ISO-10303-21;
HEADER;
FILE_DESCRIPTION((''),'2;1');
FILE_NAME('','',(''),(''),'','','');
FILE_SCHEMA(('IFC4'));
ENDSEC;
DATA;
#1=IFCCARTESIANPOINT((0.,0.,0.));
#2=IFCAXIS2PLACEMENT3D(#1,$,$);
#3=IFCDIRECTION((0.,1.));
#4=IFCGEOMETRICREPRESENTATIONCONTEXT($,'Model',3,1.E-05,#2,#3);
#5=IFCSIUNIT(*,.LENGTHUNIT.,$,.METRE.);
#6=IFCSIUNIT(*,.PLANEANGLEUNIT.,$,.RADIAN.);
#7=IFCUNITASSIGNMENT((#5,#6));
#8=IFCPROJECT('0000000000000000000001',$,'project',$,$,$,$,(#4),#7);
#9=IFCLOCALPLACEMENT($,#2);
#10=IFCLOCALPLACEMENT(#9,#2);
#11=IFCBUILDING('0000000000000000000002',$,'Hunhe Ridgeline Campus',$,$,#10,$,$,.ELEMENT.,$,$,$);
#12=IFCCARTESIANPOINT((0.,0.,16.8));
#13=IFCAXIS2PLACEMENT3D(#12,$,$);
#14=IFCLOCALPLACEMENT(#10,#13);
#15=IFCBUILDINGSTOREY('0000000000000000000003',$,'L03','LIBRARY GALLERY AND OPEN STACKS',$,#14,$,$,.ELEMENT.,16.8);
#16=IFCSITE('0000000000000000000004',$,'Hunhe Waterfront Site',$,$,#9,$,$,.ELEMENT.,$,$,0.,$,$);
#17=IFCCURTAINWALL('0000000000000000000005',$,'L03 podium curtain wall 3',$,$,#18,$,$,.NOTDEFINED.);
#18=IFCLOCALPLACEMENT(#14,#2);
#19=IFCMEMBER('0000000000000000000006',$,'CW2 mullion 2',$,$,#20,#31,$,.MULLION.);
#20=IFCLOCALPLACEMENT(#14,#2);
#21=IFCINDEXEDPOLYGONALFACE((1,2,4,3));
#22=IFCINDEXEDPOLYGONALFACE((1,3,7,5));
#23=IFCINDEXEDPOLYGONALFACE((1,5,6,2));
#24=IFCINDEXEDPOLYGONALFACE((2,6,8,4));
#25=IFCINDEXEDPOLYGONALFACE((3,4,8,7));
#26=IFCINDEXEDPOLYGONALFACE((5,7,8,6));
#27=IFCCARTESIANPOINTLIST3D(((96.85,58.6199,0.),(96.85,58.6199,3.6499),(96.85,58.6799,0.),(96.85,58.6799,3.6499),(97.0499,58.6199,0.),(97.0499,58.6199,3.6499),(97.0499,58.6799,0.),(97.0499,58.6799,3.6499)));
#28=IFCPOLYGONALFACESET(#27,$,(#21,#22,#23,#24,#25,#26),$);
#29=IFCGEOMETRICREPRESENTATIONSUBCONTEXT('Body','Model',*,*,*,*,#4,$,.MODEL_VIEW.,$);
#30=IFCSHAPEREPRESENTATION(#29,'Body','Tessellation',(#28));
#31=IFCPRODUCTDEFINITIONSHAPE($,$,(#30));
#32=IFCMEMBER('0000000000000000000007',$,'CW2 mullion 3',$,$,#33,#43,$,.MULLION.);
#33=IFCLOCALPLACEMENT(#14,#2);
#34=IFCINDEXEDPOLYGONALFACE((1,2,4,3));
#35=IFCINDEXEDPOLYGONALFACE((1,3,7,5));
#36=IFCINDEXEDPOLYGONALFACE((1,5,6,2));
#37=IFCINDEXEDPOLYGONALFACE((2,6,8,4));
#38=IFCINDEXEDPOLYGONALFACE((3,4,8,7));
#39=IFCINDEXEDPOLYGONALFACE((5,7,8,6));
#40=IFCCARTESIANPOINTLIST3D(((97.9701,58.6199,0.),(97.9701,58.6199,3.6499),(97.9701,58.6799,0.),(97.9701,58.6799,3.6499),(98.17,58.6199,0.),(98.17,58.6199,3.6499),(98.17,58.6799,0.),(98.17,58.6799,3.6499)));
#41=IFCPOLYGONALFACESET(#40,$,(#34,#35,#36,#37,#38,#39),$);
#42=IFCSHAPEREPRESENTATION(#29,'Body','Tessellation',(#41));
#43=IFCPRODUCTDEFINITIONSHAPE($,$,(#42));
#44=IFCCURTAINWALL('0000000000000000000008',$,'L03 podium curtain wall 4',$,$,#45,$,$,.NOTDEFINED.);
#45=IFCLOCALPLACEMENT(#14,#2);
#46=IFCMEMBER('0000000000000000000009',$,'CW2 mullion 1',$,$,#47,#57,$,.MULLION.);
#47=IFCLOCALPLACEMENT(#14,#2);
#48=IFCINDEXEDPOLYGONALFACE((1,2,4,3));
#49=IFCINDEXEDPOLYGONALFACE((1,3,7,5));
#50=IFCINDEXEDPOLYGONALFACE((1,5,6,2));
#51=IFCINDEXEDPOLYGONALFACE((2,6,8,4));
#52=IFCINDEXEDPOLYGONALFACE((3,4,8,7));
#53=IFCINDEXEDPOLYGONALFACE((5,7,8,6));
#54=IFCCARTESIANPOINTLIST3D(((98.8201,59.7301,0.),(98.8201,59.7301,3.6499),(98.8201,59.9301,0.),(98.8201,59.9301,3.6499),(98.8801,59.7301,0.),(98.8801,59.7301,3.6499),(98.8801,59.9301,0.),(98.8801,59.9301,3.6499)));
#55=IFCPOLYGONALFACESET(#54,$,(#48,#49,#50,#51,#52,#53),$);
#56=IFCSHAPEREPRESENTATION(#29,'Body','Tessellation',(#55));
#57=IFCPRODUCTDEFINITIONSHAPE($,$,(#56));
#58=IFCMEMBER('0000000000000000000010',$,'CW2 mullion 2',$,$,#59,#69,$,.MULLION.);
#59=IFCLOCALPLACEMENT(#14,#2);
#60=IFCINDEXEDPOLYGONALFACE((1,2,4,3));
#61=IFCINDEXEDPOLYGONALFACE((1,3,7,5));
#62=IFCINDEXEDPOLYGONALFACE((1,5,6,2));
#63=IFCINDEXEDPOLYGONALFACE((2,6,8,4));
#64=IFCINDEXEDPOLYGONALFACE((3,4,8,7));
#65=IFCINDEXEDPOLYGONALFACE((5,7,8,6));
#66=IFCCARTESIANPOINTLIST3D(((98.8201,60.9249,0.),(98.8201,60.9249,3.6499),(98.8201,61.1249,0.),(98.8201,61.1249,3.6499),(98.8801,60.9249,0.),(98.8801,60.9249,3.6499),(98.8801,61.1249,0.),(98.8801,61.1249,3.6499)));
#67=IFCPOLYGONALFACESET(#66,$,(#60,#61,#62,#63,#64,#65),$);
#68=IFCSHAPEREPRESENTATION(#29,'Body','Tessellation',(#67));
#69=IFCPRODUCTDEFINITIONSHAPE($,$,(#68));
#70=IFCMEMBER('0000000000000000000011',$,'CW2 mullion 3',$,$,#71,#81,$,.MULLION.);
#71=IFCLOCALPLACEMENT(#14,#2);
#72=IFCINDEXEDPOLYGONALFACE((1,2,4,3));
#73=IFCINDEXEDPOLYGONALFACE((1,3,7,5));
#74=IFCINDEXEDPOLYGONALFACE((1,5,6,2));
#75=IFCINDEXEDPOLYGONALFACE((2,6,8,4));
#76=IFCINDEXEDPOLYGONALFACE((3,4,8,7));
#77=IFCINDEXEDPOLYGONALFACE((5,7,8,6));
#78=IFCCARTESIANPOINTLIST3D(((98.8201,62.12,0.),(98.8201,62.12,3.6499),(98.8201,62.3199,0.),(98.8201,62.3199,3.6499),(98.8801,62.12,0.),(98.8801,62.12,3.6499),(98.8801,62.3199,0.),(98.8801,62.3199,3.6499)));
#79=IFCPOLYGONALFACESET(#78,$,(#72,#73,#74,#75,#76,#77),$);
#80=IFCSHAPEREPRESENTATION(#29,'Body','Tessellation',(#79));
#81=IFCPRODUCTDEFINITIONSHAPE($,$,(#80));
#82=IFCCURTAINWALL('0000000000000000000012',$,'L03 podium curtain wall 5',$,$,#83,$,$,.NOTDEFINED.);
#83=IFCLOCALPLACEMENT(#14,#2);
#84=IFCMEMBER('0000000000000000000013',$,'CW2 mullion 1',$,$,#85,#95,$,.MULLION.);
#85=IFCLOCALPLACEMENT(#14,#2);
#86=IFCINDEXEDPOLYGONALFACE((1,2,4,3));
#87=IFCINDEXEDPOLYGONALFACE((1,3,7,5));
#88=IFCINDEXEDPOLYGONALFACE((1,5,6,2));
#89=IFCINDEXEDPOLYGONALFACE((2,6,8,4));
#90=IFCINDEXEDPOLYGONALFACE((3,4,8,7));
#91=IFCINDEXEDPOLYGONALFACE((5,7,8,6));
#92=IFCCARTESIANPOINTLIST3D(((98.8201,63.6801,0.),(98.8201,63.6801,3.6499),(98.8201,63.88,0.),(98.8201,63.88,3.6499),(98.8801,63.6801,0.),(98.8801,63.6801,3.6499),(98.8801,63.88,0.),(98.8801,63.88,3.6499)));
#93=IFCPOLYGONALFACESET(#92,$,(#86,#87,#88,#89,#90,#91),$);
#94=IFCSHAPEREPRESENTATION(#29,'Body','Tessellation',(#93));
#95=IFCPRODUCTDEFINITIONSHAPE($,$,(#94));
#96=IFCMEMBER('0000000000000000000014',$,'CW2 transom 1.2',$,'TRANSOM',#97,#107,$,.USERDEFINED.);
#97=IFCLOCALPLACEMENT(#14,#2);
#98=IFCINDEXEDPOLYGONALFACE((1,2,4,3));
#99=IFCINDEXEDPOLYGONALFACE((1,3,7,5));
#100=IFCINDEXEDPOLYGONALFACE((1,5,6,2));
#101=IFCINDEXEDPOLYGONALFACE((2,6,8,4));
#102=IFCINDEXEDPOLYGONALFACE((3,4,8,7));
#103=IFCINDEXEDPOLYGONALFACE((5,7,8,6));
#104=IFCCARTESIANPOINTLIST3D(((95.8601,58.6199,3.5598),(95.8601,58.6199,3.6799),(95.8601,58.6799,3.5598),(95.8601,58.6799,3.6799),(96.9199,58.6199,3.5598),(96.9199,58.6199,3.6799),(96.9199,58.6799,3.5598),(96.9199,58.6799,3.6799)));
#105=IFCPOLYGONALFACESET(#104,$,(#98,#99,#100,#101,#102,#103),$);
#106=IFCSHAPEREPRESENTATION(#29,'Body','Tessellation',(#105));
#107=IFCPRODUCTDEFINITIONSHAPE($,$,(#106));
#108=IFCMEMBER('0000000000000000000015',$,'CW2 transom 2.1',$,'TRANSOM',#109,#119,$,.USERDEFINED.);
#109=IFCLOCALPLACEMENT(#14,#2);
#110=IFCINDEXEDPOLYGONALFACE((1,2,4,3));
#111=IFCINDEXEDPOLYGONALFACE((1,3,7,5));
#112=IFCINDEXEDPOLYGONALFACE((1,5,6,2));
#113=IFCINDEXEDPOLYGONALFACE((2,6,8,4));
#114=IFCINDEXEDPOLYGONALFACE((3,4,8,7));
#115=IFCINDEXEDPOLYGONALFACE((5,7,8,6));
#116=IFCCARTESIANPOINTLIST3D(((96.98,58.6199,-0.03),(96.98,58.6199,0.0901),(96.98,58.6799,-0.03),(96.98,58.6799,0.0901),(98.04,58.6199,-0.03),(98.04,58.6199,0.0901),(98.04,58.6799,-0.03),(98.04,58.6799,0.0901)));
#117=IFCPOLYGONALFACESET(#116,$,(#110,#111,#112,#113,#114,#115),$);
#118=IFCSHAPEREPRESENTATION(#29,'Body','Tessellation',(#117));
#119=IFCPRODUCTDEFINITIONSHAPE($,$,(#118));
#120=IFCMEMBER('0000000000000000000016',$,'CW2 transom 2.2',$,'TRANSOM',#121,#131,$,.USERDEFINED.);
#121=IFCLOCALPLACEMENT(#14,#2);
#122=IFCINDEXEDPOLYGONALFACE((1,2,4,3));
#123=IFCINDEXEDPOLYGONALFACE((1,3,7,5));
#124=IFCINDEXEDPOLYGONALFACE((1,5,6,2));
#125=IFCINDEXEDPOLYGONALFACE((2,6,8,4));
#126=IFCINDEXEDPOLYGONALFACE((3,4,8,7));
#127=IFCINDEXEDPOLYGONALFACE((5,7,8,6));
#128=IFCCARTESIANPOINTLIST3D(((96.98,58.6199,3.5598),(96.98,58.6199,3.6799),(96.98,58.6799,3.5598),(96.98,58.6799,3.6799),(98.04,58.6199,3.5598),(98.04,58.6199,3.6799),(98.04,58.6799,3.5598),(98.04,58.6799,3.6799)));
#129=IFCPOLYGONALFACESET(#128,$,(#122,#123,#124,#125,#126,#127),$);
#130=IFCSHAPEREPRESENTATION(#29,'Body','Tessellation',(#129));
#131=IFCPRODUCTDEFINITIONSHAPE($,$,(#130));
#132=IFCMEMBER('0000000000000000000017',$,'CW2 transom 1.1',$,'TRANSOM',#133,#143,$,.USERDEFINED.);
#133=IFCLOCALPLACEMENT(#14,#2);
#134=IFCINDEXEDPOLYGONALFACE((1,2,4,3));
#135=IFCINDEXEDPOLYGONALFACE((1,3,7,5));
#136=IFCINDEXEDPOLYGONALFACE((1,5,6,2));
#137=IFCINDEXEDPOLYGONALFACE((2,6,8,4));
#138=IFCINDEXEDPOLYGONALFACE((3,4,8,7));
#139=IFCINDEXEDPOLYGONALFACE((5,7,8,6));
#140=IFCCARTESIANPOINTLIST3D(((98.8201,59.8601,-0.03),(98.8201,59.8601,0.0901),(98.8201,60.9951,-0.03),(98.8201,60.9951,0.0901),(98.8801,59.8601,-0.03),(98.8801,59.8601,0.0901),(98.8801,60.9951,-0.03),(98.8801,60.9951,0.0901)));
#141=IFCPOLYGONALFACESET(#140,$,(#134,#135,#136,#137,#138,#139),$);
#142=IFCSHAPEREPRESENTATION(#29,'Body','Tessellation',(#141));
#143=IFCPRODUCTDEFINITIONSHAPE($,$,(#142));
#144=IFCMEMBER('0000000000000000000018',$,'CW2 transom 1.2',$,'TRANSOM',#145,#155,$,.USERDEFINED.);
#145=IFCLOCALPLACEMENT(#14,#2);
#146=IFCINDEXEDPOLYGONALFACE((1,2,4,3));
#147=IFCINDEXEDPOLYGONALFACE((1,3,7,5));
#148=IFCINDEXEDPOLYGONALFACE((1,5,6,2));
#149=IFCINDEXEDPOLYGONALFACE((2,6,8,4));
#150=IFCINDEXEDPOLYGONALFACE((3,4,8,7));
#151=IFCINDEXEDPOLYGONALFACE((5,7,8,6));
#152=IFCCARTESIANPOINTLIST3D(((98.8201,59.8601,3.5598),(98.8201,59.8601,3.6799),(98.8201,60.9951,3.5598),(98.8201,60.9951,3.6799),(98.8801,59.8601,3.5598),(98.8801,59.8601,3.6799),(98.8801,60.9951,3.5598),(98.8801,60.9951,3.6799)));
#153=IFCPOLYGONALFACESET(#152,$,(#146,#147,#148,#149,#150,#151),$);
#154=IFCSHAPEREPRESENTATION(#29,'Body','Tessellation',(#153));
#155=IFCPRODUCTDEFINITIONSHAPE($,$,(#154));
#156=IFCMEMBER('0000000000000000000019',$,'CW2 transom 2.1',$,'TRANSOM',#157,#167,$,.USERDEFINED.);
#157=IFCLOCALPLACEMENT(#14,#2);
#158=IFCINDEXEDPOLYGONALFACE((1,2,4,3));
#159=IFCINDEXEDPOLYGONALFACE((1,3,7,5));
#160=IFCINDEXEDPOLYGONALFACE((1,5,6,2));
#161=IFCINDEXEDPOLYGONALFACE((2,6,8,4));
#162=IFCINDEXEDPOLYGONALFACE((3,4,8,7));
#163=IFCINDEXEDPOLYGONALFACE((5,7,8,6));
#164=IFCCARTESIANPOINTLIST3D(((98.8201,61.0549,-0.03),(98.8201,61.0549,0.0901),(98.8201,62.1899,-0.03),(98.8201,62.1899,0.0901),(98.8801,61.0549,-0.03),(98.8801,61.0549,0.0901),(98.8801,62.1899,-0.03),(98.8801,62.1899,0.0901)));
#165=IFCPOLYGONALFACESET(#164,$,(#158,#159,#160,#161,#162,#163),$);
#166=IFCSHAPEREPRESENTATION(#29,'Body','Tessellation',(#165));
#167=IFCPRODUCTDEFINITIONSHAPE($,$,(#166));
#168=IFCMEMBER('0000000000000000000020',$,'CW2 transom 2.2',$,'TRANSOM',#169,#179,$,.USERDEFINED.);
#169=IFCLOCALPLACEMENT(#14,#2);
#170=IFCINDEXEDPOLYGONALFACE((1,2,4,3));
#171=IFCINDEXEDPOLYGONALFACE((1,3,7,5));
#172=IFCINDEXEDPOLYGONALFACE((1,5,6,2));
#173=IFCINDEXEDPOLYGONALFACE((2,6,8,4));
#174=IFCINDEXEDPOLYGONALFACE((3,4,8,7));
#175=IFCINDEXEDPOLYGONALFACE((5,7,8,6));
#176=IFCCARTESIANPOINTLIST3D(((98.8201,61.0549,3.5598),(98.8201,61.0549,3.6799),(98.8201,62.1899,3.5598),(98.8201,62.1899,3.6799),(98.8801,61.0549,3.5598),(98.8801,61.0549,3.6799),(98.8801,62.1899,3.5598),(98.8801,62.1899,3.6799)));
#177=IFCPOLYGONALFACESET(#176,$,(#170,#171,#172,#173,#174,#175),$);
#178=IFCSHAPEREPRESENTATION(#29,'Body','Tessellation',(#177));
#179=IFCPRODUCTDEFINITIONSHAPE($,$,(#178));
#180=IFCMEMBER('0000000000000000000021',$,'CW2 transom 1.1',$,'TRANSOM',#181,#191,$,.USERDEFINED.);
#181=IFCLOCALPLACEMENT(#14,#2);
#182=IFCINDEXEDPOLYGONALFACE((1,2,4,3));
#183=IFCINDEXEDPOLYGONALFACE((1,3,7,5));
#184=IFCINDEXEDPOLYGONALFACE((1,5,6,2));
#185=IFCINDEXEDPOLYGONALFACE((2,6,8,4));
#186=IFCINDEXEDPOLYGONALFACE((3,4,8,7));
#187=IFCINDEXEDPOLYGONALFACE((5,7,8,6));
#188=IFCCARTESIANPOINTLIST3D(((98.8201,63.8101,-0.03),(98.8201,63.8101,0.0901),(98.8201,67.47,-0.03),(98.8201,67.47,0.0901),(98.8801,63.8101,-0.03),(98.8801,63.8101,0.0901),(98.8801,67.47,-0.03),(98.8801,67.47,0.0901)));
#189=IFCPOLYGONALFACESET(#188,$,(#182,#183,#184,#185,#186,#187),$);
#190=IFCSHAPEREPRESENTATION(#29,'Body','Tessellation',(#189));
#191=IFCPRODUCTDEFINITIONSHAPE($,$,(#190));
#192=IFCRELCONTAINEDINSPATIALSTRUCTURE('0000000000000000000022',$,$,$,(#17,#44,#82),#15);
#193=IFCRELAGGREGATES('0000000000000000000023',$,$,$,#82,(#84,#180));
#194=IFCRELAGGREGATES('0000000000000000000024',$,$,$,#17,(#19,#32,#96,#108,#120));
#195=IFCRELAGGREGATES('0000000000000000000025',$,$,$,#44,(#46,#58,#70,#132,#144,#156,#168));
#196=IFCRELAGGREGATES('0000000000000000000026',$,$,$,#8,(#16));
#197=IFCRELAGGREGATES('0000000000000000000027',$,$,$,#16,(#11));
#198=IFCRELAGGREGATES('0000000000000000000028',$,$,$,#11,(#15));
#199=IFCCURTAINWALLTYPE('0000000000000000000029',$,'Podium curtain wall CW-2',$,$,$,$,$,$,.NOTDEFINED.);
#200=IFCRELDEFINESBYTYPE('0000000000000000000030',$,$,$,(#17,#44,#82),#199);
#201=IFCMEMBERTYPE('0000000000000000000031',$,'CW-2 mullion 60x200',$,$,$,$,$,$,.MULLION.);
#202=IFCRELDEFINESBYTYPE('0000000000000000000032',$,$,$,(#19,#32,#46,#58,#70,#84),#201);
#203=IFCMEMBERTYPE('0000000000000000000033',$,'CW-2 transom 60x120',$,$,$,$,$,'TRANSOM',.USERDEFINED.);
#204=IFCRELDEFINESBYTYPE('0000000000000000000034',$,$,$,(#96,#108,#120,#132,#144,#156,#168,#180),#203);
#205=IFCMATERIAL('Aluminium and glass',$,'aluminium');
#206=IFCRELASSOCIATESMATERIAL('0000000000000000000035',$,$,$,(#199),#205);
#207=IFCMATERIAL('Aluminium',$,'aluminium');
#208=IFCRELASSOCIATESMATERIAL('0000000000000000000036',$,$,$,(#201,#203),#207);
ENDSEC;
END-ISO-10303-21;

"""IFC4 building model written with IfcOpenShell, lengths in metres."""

from ifc_helpers import new_model, si_unit, direction, frame, origin, origin_2d, place, context, subcontext, project, spatial, rectangle, extrude, material, material_profile, profile_set, type_object, element, aggregate, save


model = new_model("IFC4")

# Units and contexts
model_context = context("Model", 3, precision=1e-05, world=origin(), true_north=direction((0.0, 1.0)))
body_context = subcontext(model_context, "Body", "Model", "MODEL_VIEW")
ifc_project = project(units=[si_unit("LENGTHUNIT", "METRE"), si_unit("PLANEANGLEUNIT", "RADIAN")], contexts=[model_context])

# Site, building, storey
site_placement = place(None, origin())
site = spatial("IfcSite", under=ifc_project, at=site_placement, Name="Hunhe Waterfront Site", CompositionType="ELEMENT", RefElevation=0.0)
building_placement = place(site_placement, origin())
building = spatial("IfcBuilding", under=site, at=building_placement, Name="Hunhe Ridgeline Campus", CompositionType="ELEMENT")
storey_placement = place(building_placement, frame((0.0, 0.0, 16.8)))
storey = spatial("IfcBuildingStorey", under=building, at=storey_placement, Name="L03", Description="LIBRARY GALLERY AND OPEN STACKS", CompositionType="ELEMENT", Elevation=16.8)

# Curtain walls, members
ifc_material_1 = material(Name="Aluminium and glass", Category="aluminium")
curtain_wall_type = type_object("IfcCurtainWallType", Name="Podium curtain wall CW-2", PredefinedType="NOTDEFINED", material=ifc_material_1)
curtain_wall_1_placement = place(storey_placement, origin())
curtain_wall_1 = element("IfcCurtainWall", 1, at=curtain_wall_1_placement, inside=storey, type_object=curtain_wall_type, Name="L03 podium curtain wall 3", PredefinedType="NOTDEFINED")
ifc_material_2 = material(Name="Aluminium", Category="aluminium")
ifc_material_profile_1 = material_profile(ifc_material_2, rectangle(XDim=0.0601, YDim=0.2, at=origin_2d()))
ifc_profile_set_1 = profile_set([ifc_material_profile_1], Name="Aluminium")
member_type_1 = type_object("IfcMemberType", Name="CW-2 mullion 60x200", PredefinedType="MULLION", material=ifc_profile_set_1)
member_1_placement = place(storey_placement, frame((96.95, 58.6499, 0.0), z_axis=(0.0, 0.0, 1.0), x_axis=(0.0, 1.0, 0.0)))
member_1 = element("IfcMember", 2, at=member_1_placement, type_object=member_type_1, Name="CW2 mullion 2", PredefinedType="MULLION", context=body_context, shape_type="SweptSolid", body=[
    extrude(rectangle(XDim=0.0601, YDim=0.2, at=origin_2d()), origin(), (0.0, 0.0, 1.0), 3.6499),
])
member_2_placement = place(storey_placement, frame((98.0701, 58.6499, 0.0), z_axis=(0.0, 0.0, 1.0), x_axis=(0.0, 1.0, 0.0)))
member_2 = element("IfcMember", 3, at=member_2_placement, type_object=member_type_1, Name="CW2 mullion 3", PredefinedType="MULLION", context=body_context, shape_type="SweptSolid", body=[
    extrude(rectangle(XDim=0.0601, YDim=0.2, at=origin_2d()), origin(), (0.0, 0.0, 1.0), 3.6499),
])
curtain_wall_2_placement = place(storey_placement, origin())
curtain_wall_2 = element("IfcCurtainWall", 4, at=curtain_wall_2_placement, inside=storey, type_object=curtain_wall_type, Name="L03 podium curtain wall 4", PredefinedType="NOTDEFINED")
member_3_placement = place(storey_placement, frame((98.8501, 59.8301, 0.0), z_axis=(0.0, 0.0, 1.0), x_axis=(-1.0, 0.0, 0.0)))
member_3 = element("IfcMember", 5, at=member_3_placement, type_object=member_type_1, Name="CW2 mullion 1", PredefinedType="MULLION", context=body_context, shape_type="SweptSolid", body=[
    extrude(rectangle(XDim=0.0601, YDim=0.2, at=origin_2d()), origin(), (0.0, 0.0, 1.0), 3.6499),
])
member_4_placement = place(storey_placement, frame((98.8501, 61.0249, 0.0), z_axis=(0.0, 0.0, 1.0), x_axis=(-1.0, 0.0, 0.0)))
member_4 = element("IfcMember", 6, at=member_4_placement, type_object=member_type_1, Name="CW2 mullion 2", PredefinedType="MULLION", context=body_context, shape_type="SweptSolid", body=[
    extrude(rectangle(XDim=0.0601, YDim=0.2, at=origin_2d()), origin(), (0.0, 0.0, 1.0), 3.6499),
])
member_5_placement = place(storey_placement, frame((98.8501, 62.22, 0.0), z_axis=(0.0, 0.0, 1.0), x_axis=(-1.0, 0.0, 0.0)))
member_5 = element("IfcMember", 7, at=member_5_placement, type_object=member_type_1, Name="CW2 mullion 3", PredefinedType="MULLION", context=body_context, shape_type="SweptSolid", body=[
    extrude(rectangle(XDim=0.0601, YDim=0.2, at=origin_2d()), origin(), (0.0, 0.0, 1.0), 3.6499),
])

# Curtain wall, member
curtain_wall_3_placement = place(storey_placement, origin())
curtain_wall_3 = element("IfcCurtainWall", 8, at=curtain_wall_3_placement, inside=storey, type_object=curtain_wall_type, Name="L03 podium curtain wall 5", PredefinedType="NOTDEFINED")
member_6_placement = place(storey_placement, frame((98.8501, 63.78, 0.0), z_axis=(0.0, 0.0, 1.0), x_axis=(-1.0, 0.0, 0.0)))
member_6 = element("IfcMember", 9, at=member_6_placement, type_object=member_type_1, Name="CW2 mullion 1", PredefinedType="MULLION", context=body_context, shape_type="SweptSolid", body=[
    extrude(rectangle(XDim=0.0601, YDim=0.2, at=origin_2d()), origin(), (0.0, 0.0, 1.0), 3.6499),
])

# Members
ifc_material_profile_2 = material_profile(ifc_material_2, rectangle(XDim=0.0601, YDim=0.1201, at=origin_2d()))
ifc_profile_set_2 = profile_set([ifc_material_profile_2], Name="Aluminium")
member_type_2 = type_object("IfcMemberType", Name="CW-2 transom 60x120", ElementType="TRANSOM", PredefinedType="USERDEFINED", material=ifc_profile_set_2)
member_7_placement = place(storey_placement, frame((95.8601, 58.6499, 3.6199), z_axis=(1.0, 0.0, 0.0), x_axis=(0.0, 1.0, 0.0)))
member_7 = element("IfcMember", 10, at=member_7_placement, type_object=member_type_2, Name="CW2 transom 1.2", ObjectType="TRANSOM", PredefinedType="USERDEFINED", context=body_context, shape_type="SweptSolid", body=[
    extrude(rectangle(XDim=0.0601, YDim=0.1201, at=origin_2d()), origin(), (0.0, 0.0, 1.0), 1.0598),
])
member_8_placement = place(storey_placement, frame((96.98, 58.6499, 0.03), z_axis=(1.0, 0.0, 0.0), x_axis=(0.0, 1.0, 0.0)))
member_8 = element("IfcMember", 11, at=member_8_placement, type_object=member_type_2, Name="CW2 transom 2.1", ObjectType="TRANSOM", PredefinedType="USERDEFINED", context=body_context, shape_type="SweptSolid", body=[
    extrude(rectangle(XDim=0.0601, YDim=0.1201, at=origin_2d()), origin(), (0.0, 0.0, 1.0), 1.0601),
])
member_9_placement = place(storey_placement, frame((96.98, 58.6499, 3.6199), z_axis=(1.0, 0.0, 0.0), x_axis=(0.0, 1.0, 0.0)))
member_9 = element("IfcMember", 12, at=member_9_placement, type_object=member_type_2, Name="CW2 transom 2.2", ObjectType="TRANSOM", PredefinedType="USERDEFINED", context=body_context, shape_type="SweptSolid", body=[
    extrude(rectangle(XDim=0.0601, YDim=0.1201, at=origin_2d()), origin(), (0.0, 0.0, 1.0), 1.0601),
])
member_10_placement = place(storey_placement, frame((98.8501, 59.8601, 0.03), z_axis=(0.0, 1.0, 0.0), x_axis=(-1.0, 0.0, 0.0)))
member_10 = element("IfcMember", 13, at=member_10_placement, type_object=member_type_2, Name="CW2 transom 1.1", ObjectType="TRANSOM", PredefinedType="USERDEFINED", context=body_context, shape_type="SweptSolid", body=[
    extrude(rectangle(XDim=0.0601, YDim=0.1201, at=origin_2d()), origin(), (0.0, 0.0, 1.0), 1.135),
])
member_11_placement = place(storey_placement, frame((98.8501, 59.8601, 3.6199), z_axis=(0.0, 1.0, 0.0), x_axis=(-1.0, 0.0, 0.0)))
member_11 = element("IfcMember", 14, at=member_11_placement, type_object=member_type_2, Name="CW2 transom 1.2", ObjectType="TRANSOM", PredefinedType="USERDEFINED", context=body_context, shape_type="SweptSolid", body=[
    extrude(rectangle(XDim=0.0601, YDim=0.1201, at=origin_2d()), origin(), (0.0, 0.0, 1.0), 1.135),
])
member_12_placement = place(storey_placement, frame((98.8501, 61.0549, 0.03), z_axis=(0.0, 1.0, 0.0), x_axis=(-1.0, 0.0, 0.0)))
member_12 = element("IfcMember", 15, at=member_12_placement, type_object=member_type_2, Name="CW2 transom 2.1", ObjectType="TRANSOM", PredefinedType="USERDEFINED", context=body_context, shape_type="SweptSolid", body=[
    extrude(rectangle(XDim=0.0601, YDim=0.1201, at=origin_2d()), origin(), (0.0, 0.0, 1.0), 1.135),
])
member_13_placement = place(storey_placement, frame((98.8501, 61.0549, 3.6199), z_axis=(0.0, 1.0, 0.0), x_axis=(-1.0, 0.0, 0.0)))
member_13 = element("IfcMember", 16, at=member_13_placement, type_object=member_type_2, Name="CW2 transom 2.2", ObjectType="TRANSOM", PredefinedType="USERDEFINED", context=body_context, shape_type="SweptSolid", body=[
    extrude(rectangle(XDim=0.0601, YDim=0.1201, at=origin_2d()), origin(), (0.0, 0.0, 1.0), 1.135),
])
member_14_placement = place(storey_placement, frame((98.8501, 63.8101, 0.03), z_axis=(0.0, 1.0, 0.0), x_axis=(-1.0, 0.0, 0.0)))
member_14 = element("IfcMember", 17, at=member_14_placement, type_object=member_type_2, Name="CW2 transom 1.1", ObjectType="TRANSOM", PredefinedType="USERDEFINED", context=body_context, shape_type="SweptSolid", body=[
    extrude(rectangle(XDim=0.0601, YDim=0.1201, at=origin_2d()), origin(), (0.0, 0.0, 1.0), 3.6599),
])
aggregate(curtain_wall_3, [member_6, member_14])

aggregate(curtain_wall_1, [member_1, member_2, member_7, member_8, member_9])
aggregate(curtain_wall_2, [member_3, member_4, member_5, member_10, member_11, member_12, member_13])

save(model, "model.ifc")
